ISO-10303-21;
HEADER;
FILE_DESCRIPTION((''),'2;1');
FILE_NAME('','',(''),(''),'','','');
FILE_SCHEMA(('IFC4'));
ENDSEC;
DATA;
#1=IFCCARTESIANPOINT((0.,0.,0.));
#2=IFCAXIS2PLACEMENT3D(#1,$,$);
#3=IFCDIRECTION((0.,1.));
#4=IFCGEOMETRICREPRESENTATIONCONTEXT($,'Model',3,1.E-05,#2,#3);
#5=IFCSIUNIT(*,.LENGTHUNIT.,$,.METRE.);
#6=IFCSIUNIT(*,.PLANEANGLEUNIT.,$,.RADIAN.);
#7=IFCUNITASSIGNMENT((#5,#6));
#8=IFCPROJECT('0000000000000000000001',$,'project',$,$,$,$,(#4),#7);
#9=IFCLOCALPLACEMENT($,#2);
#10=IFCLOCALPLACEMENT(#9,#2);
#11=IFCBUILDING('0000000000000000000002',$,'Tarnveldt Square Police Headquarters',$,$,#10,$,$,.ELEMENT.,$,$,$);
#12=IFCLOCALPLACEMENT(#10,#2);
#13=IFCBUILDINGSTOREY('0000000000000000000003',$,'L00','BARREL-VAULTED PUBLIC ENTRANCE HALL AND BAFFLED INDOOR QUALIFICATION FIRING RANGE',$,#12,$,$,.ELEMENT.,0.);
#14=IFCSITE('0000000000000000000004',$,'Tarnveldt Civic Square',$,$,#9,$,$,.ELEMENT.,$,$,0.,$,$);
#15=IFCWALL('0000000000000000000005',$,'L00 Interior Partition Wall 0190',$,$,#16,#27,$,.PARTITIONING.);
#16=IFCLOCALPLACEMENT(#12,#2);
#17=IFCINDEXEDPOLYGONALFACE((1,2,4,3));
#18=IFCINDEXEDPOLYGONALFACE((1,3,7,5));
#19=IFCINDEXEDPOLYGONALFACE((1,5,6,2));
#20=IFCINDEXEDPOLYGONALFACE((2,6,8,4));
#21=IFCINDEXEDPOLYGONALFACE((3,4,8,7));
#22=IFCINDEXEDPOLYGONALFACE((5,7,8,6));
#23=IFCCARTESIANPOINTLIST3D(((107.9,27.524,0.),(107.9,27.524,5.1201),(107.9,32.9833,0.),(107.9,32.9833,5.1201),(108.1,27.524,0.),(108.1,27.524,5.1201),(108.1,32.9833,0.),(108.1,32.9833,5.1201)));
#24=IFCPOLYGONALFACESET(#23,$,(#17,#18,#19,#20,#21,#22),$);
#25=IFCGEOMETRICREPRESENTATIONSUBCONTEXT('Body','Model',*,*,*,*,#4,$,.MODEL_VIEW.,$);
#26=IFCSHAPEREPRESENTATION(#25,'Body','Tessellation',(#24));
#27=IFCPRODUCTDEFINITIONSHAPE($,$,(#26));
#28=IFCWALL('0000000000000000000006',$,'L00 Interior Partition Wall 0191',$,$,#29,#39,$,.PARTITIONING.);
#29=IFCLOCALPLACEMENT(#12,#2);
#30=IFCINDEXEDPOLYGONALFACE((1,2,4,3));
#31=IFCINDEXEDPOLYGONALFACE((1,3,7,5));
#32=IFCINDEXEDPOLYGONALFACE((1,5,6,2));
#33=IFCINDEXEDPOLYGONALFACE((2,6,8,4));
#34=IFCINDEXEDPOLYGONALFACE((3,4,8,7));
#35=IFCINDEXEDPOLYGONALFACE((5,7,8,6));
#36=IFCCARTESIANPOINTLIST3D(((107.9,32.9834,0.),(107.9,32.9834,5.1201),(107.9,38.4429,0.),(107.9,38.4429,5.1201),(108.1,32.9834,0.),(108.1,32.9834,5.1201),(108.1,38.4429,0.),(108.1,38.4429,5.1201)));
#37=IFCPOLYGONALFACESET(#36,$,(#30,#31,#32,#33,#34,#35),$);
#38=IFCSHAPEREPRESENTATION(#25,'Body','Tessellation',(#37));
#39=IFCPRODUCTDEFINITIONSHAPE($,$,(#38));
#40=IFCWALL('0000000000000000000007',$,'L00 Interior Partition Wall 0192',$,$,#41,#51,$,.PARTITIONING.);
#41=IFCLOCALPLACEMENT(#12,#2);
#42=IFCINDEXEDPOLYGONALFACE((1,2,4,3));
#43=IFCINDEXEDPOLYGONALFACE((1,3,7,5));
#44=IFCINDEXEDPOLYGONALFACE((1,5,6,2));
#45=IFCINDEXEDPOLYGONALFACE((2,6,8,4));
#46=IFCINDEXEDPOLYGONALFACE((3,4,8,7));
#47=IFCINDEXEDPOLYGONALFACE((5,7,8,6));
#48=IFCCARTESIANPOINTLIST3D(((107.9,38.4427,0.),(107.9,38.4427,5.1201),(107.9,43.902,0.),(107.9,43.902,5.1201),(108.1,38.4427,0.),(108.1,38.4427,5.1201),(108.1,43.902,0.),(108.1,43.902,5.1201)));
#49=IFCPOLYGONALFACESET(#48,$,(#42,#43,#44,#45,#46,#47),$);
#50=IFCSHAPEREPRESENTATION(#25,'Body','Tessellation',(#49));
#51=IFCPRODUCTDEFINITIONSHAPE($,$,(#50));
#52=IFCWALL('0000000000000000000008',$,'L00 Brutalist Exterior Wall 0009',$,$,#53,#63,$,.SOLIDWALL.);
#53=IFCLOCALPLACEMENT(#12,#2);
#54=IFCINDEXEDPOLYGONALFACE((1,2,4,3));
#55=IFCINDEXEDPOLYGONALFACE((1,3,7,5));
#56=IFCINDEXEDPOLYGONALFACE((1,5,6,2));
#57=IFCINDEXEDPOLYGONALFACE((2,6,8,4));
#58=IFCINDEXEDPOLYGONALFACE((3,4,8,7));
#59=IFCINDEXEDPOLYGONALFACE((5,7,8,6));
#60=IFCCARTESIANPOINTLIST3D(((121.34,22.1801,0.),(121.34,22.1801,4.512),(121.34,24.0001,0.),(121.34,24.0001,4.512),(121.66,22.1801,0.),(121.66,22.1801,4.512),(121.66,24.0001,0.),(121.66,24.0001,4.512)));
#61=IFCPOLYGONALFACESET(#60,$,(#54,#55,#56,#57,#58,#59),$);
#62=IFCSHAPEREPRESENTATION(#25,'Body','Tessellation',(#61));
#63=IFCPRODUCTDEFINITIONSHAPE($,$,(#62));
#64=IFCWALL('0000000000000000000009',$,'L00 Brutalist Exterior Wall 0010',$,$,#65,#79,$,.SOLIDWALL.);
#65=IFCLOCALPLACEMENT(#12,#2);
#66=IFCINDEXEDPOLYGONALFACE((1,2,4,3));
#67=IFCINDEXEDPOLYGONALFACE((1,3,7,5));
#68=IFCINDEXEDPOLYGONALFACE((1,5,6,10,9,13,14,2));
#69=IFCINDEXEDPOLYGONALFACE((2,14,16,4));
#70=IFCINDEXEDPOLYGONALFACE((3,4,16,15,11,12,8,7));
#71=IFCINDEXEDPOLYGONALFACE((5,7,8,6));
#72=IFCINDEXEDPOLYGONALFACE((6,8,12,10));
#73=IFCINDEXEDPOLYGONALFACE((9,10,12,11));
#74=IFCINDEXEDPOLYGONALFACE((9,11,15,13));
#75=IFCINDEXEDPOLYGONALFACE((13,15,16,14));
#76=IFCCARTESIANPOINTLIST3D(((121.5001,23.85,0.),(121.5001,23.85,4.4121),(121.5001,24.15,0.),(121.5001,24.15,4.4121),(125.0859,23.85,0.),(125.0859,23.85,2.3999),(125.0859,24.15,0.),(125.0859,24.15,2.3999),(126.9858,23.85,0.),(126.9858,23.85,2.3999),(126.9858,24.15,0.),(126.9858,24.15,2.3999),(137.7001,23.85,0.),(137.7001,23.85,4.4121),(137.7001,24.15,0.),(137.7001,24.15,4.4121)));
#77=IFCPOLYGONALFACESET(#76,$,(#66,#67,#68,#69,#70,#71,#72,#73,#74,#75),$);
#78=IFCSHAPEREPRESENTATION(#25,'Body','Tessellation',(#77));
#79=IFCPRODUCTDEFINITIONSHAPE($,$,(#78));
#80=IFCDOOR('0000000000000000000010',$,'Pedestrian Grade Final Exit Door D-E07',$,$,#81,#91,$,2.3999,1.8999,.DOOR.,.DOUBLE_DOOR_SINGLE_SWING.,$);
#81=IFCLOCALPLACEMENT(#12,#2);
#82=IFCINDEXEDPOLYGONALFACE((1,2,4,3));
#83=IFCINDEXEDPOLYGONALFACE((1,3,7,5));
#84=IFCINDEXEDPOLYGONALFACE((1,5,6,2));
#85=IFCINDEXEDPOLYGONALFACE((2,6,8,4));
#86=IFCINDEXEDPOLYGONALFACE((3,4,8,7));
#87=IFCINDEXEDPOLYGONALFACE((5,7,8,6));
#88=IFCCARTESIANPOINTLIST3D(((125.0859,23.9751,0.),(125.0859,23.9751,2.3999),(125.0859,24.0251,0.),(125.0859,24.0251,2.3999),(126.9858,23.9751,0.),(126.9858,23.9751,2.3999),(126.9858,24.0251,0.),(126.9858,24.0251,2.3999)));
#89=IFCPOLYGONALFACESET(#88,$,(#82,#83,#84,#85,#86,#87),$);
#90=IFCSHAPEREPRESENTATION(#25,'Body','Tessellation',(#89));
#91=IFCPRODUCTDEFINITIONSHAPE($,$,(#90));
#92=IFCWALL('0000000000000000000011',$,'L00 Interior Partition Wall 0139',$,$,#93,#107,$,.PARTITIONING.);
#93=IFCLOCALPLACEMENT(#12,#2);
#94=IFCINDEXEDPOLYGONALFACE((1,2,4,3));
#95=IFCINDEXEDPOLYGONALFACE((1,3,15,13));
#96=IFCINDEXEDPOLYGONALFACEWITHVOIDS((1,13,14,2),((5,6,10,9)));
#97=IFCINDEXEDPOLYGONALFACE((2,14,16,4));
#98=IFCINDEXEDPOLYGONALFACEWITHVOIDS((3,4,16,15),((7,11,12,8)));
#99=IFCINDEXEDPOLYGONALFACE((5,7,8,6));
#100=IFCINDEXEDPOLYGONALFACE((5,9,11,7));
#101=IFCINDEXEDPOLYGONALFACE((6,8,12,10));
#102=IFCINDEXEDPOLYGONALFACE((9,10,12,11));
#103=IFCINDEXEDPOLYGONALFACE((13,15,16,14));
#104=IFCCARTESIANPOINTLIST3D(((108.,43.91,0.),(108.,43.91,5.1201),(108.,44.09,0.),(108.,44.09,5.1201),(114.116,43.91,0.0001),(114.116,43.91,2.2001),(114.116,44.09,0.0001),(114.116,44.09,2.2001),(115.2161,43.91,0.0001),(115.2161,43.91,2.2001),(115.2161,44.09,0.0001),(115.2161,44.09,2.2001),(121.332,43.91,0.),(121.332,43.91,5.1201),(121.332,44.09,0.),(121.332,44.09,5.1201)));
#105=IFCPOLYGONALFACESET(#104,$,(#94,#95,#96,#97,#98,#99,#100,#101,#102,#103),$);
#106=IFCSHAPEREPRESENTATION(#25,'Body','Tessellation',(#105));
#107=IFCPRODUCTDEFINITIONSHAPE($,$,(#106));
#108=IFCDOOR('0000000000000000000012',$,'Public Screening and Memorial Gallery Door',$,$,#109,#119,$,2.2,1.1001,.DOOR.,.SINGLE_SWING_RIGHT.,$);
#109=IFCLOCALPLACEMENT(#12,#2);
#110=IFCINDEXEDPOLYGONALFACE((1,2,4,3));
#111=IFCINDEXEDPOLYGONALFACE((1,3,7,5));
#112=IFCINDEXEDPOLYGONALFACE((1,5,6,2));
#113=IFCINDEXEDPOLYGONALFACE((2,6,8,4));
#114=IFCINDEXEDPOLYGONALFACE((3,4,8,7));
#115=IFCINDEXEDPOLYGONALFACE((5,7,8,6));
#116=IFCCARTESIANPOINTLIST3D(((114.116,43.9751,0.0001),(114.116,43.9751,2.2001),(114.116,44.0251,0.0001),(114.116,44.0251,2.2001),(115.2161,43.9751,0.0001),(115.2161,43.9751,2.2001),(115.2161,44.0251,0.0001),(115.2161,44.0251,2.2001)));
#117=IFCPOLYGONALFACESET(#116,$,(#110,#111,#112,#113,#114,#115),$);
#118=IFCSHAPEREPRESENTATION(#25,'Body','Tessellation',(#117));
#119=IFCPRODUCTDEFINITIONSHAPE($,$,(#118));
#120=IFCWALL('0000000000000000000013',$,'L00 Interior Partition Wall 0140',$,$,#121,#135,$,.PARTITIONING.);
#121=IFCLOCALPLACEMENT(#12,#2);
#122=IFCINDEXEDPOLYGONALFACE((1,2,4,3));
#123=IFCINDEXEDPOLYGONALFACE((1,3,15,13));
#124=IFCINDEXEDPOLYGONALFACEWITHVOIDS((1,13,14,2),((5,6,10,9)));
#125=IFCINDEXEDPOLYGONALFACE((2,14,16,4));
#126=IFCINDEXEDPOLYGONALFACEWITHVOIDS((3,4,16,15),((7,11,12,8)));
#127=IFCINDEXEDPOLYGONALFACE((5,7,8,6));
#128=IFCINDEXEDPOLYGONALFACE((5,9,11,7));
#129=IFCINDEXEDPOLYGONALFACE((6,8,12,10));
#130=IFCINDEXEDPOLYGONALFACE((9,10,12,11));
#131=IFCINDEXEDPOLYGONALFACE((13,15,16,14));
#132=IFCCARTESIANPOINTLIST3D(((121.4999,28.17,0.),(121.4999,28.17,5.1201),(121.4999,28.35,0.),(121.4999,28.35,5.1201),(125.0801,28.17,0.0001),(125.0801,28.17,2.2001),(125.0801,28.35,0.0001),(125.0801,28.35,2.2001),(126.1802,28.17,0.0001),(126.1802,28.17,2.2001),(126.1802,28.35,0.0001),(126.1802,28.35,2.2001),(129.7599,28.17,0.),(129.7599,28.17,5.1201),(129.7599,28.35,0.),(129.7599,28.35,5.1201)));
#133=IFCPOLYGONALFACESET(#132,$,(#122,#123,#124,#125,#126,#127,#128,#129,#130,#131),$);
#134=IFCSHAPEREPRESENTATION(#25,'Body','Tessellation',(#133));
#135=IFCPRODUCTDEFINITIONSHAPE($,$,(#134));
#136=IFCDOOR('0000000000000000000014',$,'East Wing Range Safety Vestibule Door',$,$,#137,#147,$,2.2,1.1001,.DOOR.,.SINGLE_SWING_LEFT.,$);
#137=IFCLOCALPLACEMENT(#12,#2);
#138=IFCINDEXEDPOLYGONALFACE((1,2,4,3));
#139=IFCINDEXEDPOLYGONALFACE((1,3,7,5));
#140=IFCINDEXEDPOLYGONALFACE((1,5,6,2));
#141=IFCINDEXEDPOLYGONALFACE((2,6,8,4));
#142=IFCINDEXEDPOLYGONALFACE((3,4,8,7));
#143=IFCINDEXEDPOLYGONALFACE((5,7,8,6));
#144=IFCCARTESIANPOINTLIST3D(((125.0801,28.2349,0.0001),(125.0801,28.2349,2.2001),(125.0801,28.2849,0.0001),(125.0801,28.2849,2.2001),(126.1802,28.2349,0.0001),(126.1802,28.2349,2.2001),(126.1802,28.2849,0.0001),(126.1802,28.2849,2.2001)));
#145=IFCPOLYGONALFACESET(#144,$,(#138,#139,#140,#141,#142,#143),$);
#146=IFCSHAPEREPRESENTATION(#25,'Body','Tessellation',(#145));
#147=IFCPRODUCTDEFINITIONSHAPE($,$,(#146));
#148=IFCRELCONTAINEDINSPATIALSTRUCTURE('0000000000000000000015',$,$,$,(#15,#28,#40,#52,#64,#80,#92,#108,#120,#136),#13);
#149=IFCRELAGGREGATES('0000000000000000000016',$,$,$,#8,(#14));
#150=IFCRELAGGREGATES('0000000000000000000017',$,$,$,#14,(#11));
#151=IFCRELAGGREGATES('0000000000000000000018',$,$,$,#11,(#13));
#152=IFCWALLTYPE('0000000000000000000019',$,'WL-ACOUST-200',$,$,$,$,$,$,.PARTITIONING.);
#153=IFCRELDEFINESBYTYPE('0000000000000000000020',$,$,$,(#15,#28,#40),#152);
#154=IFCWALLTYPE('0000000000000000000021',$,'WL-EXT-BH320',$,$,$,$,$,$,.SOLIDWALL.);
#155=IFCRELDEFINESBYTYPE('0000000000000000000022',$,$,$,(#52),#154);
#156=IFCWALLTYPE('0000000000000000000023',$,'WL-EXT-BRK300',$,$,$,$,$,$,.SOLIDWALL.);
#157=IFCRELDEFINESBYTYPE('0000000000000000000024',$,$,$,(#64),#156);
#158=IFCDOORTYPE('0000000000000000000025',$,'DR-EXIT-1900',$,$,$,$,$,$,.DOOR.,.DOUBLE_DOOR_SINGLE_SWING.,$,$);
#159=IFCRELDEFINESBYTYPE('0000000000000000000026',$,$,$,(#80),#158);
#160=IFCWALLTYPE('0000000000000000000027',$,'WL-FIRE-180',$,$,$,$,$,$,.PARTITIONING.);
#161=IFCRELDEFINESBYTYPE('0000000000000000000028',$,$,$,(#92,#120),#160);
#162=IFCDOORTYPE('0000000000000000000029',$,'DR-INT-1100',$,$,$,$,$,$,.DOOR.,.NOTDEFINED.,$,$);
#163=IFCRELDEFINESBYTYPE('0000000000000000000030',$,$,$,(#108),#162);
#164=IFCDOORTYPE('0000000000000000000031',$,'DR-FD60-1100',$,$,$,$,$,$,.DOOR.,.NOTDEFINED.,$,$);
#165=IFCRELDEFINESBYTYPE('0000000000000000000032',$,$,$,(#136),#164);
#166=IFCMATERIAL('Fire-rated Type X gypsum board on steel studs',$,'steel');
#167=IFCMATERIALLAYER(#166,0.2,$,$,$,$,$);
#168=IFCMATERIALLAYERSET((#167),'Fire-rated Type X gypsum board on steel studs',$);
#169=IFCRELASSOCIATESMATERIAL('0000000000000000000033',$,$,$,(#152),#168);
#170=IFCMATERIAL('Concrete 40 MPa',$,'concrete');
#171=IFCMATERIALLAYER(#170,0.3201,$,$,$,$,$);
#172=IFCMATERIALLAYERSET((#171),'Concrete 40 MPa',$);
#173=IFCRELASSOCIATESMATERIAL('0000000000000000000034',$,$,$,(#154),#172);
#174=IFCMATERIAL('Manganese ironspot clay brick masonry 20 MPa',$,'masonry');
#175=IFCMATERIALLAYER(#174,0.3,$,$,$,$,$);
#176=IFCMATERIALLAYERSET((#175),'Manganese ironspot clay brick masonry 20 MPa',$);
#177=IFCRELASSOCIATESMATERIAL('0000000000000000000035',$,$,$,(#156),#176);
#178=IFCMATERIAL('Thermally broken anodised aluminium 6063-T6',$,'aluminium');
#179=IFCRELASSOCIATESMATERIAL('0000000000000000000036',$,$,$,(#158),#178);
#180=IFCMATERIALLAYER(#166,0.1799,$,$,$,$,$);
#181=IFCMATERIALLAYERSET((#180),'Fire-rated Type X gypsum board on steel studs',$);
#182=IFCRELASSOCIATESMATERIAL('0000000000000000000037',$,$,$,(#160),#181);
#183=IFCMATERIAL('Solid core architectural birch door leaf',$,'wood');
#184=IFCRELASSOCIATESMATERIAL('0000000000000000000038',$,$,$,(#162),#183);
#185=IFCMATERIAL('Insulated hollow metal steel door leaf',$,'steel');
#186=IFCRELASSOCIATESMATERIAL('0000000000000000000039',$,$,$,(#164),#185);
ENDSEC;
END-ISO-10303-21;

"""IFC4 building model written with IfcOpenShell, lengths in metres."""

from ifc_helpers import new_model, si_unit, direction, frame, frame_2d, origin, place, context, subcontext, project, spatial, rectangle, extrude, material, layer, layer_set, type_object, element, fill, save


model = new_model("IFC4")

# Units and contexts
model_context = context("Model", 3, precision=1e-05, world=origin(), true_north=direction((0.0, 1.0)))
body_context = subcontext(model_context, "Body", "Model", "MODEL_VIEW")
ifc_project = project(units=[si_unit("LENGTHUNIT", "METRE"), si_unit("PLANEANGLEUNIT", "RADIAN")], contexts=[model_context])

# Site, building, storey
site_placement = place(None, origin())
site = spatial("IfcSite", under=ifc_project, at=site_placement, Name="Tarnveldt Civic Square", CompositionType="ELEMENT", RefElevation=0.0)
building_placement = place(site_placement, origin())
building = spatial("IfcBuilding", under=site, at=building_placement, Name="Tarnveldt Square Police Headquarters", CompositionType="ELEMENT")
storey_placement = place(building_placement, origin())
storey = spatial("IfcBuildingStorey", under=building, at=storey_placement, Name="L00", Description="BARREL-VAULTED PUBLIC ENTRANCE HALL AND BAFFLED INDOOR QUALIFICATION FIRING RANGE", CompositionType="ELEMENT", Elevation=0.0)

# Shared definitions
ifc_material_1 = material(Name="Concrete 40 MPa", Category="concrete")

# Shared definitions
ifc_material_2 = material(Name="Thermally broken anodised aluminium 6063-T6", Category="aluminium")

# Walls
ifc_material_3 = material(Name="Fire-rated Type X gypsum board on steel studs", Category="steel")
ifc_layer_1 = layer(ifc_material_3, 0.2)
ifc_layer_set_1 = layer_set([ifc_layer_1], Name="Fire-rated Type X gypsum board on steel studs")
wall_type_1 = type_object("IfcWallType", Name="WL-ACOUST-200", PredefinedType="PARTITIONING", material=ifc_layer_set_1)
for number, where, z_axis, x_axis, name in (
    (1, (108.0, 27.5242, 0.0), (0.0, 0.0, 1.0), (0.0, 1.0, 0.0), "L00 Interior Partition Wall 0190"),
):
    element("IfcWall", number, at=place(storey_placement, frame(where, z_axis=z_axis, x_axis=x_axis)), inside=storey, type_object=wall_type_1, Name=name, PredefinedType="PARTITIONING", context=body_context, shape_type="SweptSolid", body=[
        extrude(rectangle(XDim=5.4592, YDim=0.2, at=frame_2d((2.7295, 0.0))), origin(), (0.0, 0.0, 1.0), 5.1201),
    ])
wall_1_placement = place(storey_placement, frame((108.0, 32.9834, 0.0), z_axis=(0.0, 0.0, 1.0), x_axis=(0.0, 1.0, 0.0)))
element("IfcWall", 2, at=wall_1_placement, inside=storey, type_object=wall_type_1, Name="L00 Interior Partition Wall 0191", PredefinedType="PARTITIONING", context=body_context, shape_type="SweptSolid", body=[
    extrude(rectangle(XDim=5.4595, YDim=0.2, at=frame_2d((2.7297, 0.0))), origin(), (0.0, 0.0, 1.0), 5.1201),
])
wall_2_placement = place(storey_placement, frame((108.0, 38.4429, 0.0), z_axis=(0.0, 0.0, 1.0), x_axis=(0.0, 1.0, 0.0)))
element("IfcWall", 3, at=wall_2_placement, inside=storey, type_object=wall_type_1, Name="L00 Interior Partition Wall 0192", PredefinedType="PARTITIONING", context=body_context, shape_type="SweptSolid", body=[
    extrude(rectangle(XDim=5.4592, YDim=0.2, at=frame_2d((2.7295, 0.0))), origin(), (0.0, 0.0, 1.0), 5.1201),
])
ifc_layer_2 = layer(ifc_material_1, 0.3201)
ifc_layer_set_2 = layer_set([ifc_layer_2], Name="Concrete 40 MPa")
wall_type_2 = type_object("IfcWallType", Name="WL-EXT-BH320", PredefinedType="SOLIDWALL", material=ifc_layer_set_2)
wall_3_placement = place(storey_placement, frame((121.5, 22.1799, 0.0), z_axis=(0.0, 0.0, 1.0), x_axis=(0.0, 1.0, 0.0)))
element("IfcWall", 4, at=wall_3_placement, inside=storey, type_object=wall_type_2, Name="L00 Brutalist Exterior Wall 0009", PredefinedType="SOLIDWALL", context=body_context, shape_type="SweptSolid", body=[
    extrude(rectangle(XDim=1.8201, YDim=0.3201, at=frame_2d((0.9102, 0.0))), origin(), (0.0, 0.0, 1.0), 4.512),
])

# Walls, openings, doors
ifc_material_4 = material(Name="Manganese ironspot clay brick masonry 20 MPa", Category="masonry")
ifc_layer_3 = layer(ifc_material_4, 0.3)
ifc_layer_set_3 = layer_set([ifc_layer_3], Name="Manganese ironspot clay brick masonry 20 MPa")
wall_type_3 = type_object("IfcWallType", Name="WL-EXT-BRK300", PredefinedType="SOLIDWALL", material=ifc_layer_set_3)
wall_4_placement = place(storey_placement, frame((121.5, 24.0, 0.0), z_axis=(0.0, 0.0, 1.0), x_axis=(1.0, 0.0, 0.0)))
wall_4 = element("IfcWall", 5, at=wall_4_placement, inside=storey, type_object=wall_type_3, Name="L00 Brutalist Exterior Wall 0010", PredefinedType="SOLIDWALL", context=body_context, shape_type="SweptSolid", body=[
    extrude(rectangle(XDim=16.2, YDim=0.3, at=frame_2d((8.1001, 0.0))), origin(), (0.0, 0.0, 1.0), 4.4121),
])
opening_1_placement = place(wall_4_placement, frame((3.5859, 0.0, 0.0)))
opening_1 = element("IfcOpeningElement", 6, at=opening_1_placement, cuts=wall_4, PredefinedType="OPENING", context=body_context, shape_type="SweptSolid", body=[
    extrude(rectangle(XDim=1.8999, YDim=2.3999, at=frame_2d((0.95, 1.2))), frame((0.0, 0.1599, 0.0), z_axis=(0.0, -1.0, 0.0), x_axis=(1.0, 0.0, 0.0)), (0.0, 0.0, 1.0), 0.3201),
])
door_type_1 = type_object("IfcDoorType", Name="DR-EXIT-1900", OperationType="DOUBLE_DOOR_SINGLE_SWING", PredefinedType="DOOR", material=ifc_material_2)
door_1_placement = place(opening_1_placement, frame((1.8999, 0.0, 0.0), z_axis=(0.0, 0.0, 1.0), x_axis=(-1.0, 0.0, 0.0)))
door_1 = element("IfcDoor", 7, at=door_1_placement, inside=storey, type_object=door_type_1, Name="Pedestrian Grade Final Exit Door D-E07", OperationType="DOUBLE_DOOR_SINGLE_SWING", OverallHeight=2.3999, OverallWidth=1.8999, PredefinedType="DOOR", context=body_context, shape_type="SweptSolid", body=[
    extrude(rectangle(XDim=1.8999, YDim=2.3999, at=frame_2d((0.95, 1.2))), frame((0.0, 0.0249, 0.0), z_axis=(0.0, -1.0, 0.0), x_axis=(1.0, 0.0, 0.0)), (0.0, 0.0, 1.0), 0.05),
])
fill(opening_1, door_1)
ifc_layer_4 = layer(ifc_material_3, 0.1799)
ifc_layer_set_4 = layer_set([ifc_layer_4], Name="Fire-rated Type X gypsum board on steel studs")
wall_type_4 = type_object("IfcWallType", Name="WL-FIRE-180", PredefinedType="PARTITIONING", material=ifc_layer_set_4)
wall_5_placement = place(storey_placement, frame((108.0, 44.0, 0.0), z_axis=(0.0, 0.0, 1.0), x_axis=(1.0, 0.0, 0.0)))
wall_5 = element("IfcWall", 8, at=wall_5_placement, inside=storey, type_object=wall_type_4, Name="L00 Interior Partition Wall 0139", PredefinedType="PARTITIONING", context=body_context, shape_type="SweptSolid", body=[
    extrude(rectangle(XDim=13.332, YDim=0.1799, at=frame_2d((6.666, 0.0))), origin(), (0.0, 0.0, 1.0), 5.1201),
])
opening_2_placement = place(wall_5_placement, frame((6.116, 0.0, 0.0)))
opening_2 = element("IfcOpeningElement", 9, at=opening_2_placement, cuts=wall_5, PredefinedType="OPENING", context=body_context, shape_type="SweptSolid", body=[
    extrude(rectangle(XDim=1.1001, YDim=2.2, at=frame_2d((0.55, 1.1001))), frame((0.0, 0.0999, 0.0), z_axis=(0.0, -1.0, 0.0), x_axis=(1.0, 0.0, 0.0)), (0.0, 0.0, 1.0), 0.2),
])
ifc_material_5 = material(Name="Solid core architectural birch door leaf", Category="wood")
door_type_2 = type_object("IfcDoorType", Name="DR-INT-1100", OperationType="NOTDEFINED", PredefinedType="DOOR", material=ifc_material_5)
door_2_placement = place(opening_2_placement, frame((1.1001, 0.0, 0.0), z_axis=(0.0, 0.0, 1.0), x_axis=(-1.0, 0.0, 0.0)))
door_2 = element("IfcDoor", 10, at=door_2_placement, inside=storey, type_object=door_type_2, Name="Public Screening and Memorial Gallery Door", OperationType="SINGLE_SWING_RIGHT", OverallHeight=2.2, OverallWidth=1.1001, PredefinedType="DOOR", context=body_context, shape_type="SweptSolid", body=[
    extrude(rectangle(XDim=1.1001, YDim=2.2, at=frame_2d((0.55, 1.1001))), frame((0.0, 0.0249, 0.0), z_axis=(0.0, -1.0, 0.0), x_axis=(1.0, 0.0, 0.0)), (0.0, 0.0, 1.0), 0.05),
])
fill(opening_2, door_2)
wall_6_placement = place(storey_placement, frame((121.5, 28.26, 0.0), z_axis=(0.0, 0.0, 1.0), x_axis=(1.0, 0.0, 0.0)))
wall_6 = element("IfcWall", 11, at=wall_6_placement, inside=storey, type_object=wall_type_4, Name="L00 Interior Partition Wall 0140", PredefinedType="PARTITIONING", context=body_context, shape_type="SweptSolid", body=[
    extrude(rectangle(XDim=8.26, YDim=0.1799, at=frame_2d((4.1299, 0.0))), origin(), (0.0, 0.0, 1.0), 5.1201),
])
opening_3_placement = place(wall_6_placement, frame((3.5801, 0.0, 0.0)))
opening_3 = element("IfcOpeningElement", 12, at=opening_3_placement, cuts=wall_6, PredefinedType="OPENING", context=body_context, shape_type="SweptSolid", body=[
    extrude(rectangle(XDim=1.1001, YDim=2.2, at=frame_2d((0.55, 1.1001))), frame((0.0, 0.0999, 0.0), z_axis=(0.0, -1.0, 0.0), x_axis=(1.0, 0.0, 0.0)), (0.0, 0.0, 1.0), 0.2),
])
ifc_material_6 = material(Name="Insulated hollow metal steel door leaf", Category="steel")
door_type_3 = type_object("IfcDoorType", Name="DR-FD60-1100", OperationType="NOTDEFINED", PredefinedType="DOOR", material=ifc_material_6)
door_3_placement = place(opening_3_placement, origin())
door_3 = element("IfcDoor", 13, at=door_3_placement, inside=storey, type_object=door_type_3, Name="East Wing Range Safety Vestibule Door", OperationType="SINGLE_SWING_LEFT", OverallHeight=2.2, OverallWidth=1.1001, PredefinedType="DOOR", context=body_context, shape_type="SweptSolid", body=[
    extrude(rectangle(XDim=1.1001, YDim=2.2, at=frame_2d((0.55, 1.1001))), frame((0.0, 0.0249, 0.0), z_axis=(0.0, -1.0, 0.0), x_axis=(1.0, 0.0, 0.0)), (0.0, 0.0, 1.0), 0.05),
])
fill(opening_3, door_3)

save(model, "model.ifc")
